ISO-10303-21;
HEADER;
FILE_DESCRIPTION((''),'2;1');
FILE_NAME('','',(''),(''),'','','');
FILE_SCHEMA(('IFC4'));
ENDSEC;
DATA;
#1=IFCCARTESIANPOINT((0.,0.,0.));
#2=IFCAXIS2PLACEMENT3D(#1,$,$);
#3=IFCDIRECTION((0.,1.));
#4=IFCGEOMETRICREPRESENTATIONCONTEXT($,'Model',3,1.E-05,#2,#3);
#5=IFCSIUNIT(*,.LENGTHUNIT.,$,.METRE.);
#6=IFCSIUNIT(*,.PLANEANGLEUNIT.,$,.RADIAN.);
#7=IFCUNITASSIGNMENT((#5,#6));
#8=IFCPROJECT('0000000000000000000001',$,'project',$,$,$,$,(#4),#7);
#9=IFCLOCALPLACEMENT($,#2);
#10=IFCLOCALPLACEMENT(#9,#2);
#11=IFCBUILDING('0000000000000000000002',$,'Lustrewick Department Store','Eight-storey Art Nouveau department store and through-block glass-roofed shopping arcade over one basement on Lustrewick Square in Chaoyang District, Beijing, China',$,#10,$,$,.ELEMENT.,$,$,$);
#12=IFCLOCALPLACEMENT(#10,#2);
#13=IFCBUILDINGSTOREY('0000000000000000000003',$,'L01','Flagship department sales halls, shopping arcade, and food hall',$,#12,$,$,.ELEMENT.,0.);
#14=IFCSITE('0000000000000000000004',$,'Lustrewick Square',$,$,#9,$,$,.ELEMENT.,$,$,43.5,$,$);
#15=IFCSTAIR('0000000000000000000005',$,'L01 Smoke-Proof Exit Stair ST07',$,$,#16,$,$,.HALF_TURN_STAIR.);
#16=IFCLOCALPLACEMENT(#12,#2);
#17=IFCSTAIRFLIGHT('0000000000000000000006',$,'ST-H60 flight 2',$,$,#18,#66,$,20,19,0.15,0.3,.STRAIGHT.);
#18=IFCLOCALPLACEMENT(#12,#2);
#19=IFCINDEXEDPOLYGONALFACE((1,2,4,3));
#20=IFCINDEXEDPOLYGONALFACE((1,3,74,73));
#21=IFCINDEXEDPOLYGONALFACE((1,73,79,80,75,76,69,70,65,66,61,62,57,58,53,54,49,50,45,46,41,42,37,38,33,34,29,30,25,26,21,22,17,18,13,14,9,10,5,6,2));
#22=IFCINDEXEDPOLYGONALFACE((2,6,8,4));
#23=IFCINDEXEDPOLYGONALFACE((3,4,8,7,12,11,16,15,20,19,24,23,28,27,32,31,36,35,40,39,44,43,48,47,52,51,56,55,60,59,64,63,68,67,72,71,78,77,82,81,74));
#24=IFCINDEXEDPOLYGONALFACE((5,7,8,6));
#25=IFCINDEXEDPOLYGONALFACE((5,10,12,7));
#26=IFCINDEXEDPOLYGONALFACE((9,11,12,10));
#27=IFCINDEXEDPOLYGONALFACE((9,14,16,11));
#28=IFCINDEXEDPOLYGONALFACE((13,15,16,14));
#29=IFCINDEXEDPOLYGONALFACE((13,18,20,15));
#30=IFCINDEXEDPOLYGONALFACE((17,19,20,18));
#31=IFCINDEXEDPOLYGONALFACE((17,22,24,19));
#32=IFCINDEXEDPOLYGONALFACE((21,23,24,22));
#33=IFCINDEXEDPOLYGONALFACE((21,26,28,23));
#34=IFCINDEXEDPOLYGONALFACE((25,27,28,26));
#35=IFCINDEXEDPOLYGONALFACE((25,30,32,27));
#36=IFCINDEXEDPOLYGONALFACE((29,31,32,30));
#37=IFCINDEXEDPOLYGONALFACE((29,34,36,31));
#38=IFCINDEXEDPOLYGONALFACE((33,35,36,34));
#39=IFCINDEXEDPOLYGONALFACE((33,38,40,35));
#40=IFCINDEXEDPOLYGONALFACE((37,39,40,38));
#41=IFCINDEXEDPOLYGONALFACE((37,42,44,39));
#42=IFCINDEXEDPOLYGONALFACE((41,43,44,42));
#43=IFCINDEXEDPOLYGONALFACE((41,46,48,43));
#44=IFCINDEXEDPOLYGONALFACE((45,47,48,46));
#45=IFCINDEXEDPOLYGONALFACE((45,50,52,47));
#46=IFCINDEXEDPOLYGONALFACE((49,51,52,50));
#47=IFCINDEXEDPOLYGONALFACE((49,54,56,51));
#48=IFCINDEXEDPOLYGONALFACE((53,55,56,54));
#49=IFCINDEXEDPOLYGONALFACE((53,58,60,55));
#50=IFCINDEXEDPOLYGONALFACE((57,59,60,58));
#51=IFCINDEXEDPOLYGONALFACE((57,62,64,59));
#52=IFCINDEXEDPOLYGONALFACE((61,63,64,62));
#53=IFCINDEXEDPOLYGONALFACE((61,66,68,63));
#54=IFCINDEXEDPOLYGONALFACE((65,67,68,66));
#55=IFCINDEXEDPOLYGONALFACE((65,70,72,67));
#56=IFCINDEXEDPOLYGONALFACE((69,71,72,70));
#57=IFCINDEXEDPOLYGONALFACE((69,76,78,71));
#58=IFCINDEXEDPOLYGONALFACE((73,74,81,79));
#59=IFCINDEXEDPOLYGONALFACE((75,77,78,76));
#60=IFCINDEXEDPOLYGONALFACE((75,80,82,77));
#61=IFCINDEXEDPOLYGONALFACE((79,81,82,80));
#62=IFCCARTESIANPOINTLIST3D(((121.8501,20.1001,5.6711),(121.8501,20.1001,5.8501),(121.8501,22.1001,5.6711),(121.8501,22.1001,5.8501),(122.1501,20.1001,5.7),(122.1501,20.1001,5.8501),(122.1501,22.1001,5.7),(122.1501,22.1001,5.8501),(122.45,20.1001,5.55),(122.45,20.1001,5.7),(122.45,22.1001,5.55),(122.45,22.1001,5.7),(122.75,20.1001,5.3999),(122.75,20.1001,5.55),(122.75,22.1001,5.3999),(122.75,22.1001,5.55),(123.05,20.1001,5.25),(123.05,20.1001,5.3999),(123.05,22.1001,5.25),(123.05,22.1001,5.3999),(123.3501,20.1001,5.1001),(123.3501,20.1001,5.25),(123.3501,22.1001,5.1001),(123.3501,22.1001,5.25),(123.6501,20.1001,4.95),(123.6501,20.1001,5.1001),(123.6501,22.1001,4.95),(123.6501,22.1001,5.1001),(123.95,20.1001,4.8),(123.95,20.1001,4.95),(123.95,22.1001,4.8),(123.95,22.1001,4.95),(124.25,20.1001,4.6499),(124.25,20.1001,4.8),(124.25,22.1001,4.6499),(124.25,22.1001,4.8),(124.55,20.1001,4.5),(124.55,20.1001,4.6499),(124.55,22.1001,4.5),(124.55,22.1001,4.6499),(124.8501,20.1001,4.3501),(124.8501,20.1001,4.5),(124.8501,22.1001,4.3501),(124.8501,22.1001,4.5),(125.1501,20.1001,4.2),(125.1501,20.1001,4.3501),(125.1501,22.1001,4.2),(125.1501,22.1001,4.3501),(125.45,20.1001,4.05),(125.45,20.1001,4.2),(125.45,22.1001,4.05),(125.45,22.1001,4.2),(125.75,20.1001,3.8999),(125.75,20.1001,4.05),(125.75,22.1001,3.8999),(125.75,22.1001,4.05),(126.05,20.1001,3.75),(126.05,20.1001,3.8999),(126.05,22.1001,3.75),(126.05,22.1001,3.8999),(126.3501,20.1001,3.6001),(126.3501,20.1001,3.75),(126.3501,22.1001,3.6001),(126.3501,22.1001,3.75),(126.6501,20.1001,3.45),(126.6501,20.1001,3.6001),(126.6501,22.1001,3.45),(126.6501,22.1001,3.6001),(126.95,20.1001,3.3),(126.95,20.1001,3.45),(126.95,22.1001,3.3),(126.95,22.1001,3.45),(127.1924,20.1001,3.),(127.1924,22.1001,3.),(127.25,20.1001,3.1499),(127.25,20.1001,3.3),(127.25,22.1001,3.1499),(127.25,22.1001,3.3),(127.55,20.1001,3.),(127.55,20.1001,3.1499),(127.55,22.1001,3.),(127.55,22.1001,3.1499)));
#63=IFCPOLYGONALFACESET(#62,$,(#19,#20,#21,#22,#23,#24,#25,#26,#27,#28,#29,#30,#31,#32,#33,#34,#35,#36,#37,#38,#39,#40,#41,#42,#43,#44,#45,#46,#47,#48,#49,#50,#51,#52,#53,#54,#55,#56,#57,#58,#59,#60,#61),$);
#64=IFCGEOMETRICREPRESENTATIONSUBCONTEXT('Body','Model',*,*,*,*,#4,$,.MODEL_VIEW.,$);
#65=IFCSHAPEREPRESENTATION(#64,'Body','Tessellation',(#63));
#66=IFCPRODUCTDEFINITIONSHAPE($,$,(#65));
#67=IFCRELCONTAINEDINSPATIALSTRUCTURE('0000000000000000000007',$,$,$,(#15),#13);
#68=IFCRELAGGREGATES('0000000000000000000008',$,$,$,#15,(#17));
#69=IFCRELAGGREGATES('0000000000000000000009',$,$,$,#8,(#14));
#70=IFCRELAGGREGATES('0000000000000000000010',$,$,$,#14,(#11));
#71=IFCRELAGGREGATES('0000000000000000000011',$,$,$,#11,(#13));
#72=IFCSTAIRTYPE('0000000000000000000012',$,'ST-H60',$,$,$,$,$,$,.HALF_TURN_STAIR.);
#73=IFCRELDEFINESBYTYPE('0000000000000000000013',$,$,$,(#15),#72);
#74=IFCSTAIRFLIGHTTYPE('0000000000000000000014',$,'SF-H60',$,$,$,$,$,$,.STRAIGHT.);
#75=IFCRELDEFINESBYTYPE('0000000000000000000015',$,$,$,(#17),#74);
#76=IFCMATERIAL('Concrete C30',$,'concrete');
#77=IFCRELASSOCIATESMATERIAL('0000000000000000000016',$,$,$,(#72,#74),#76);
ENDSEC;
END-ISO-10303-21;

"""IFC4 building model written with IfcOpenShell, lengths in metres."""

from ifc_helpers import new_model, si_unit, direction, frame, origin, place, context, subcontext, project, spatial, polyline, outline, extrude, material, type_object, element, aggregate, save


model = new_model("IFC4")

# Units and contexts
model_context = context("Model", 3, precision=1e-05, world=origin(), true_north=direction((0.0, 1.0)))
body_context = subcontext(model_context, "Body", "Model", "MODEL_VIEW")
ifc_project = project(units=[si_unit("LENGTHUNIT", "METRE"), si_unit("PLANEANGLEUNIT", "RADIAN")], contexts=[model_context])

# Site, building, storey
site_placement = place(None, origin())
site = spatial("IfcSite", under=ifc_project, at=site_placement, Name="Lustrewick Square", CompositionType="ELEMENT", RefElevation=43.5)
building_placement = place(site_placement, origin())
building = spatial("IfcBuilding", under=site, at=building_placement, Name="Lustrewick Department Store", Description="Eight-storey Art Nouveau department store and through-block glass-roofed shopping arcade over one basement on Lustrewick Square in Chaoyang District, Beijing, China", CompositionType="ELEMENT")
storey_placement = place(building_placement, origin())
storey = spatial("IfcBuildingStorey", under=building, at=storey_placement, Name="L01", Description="Flagship department sales halls, shopping arcade, and food hall", CompositionType="ELEMENT", Elevation=0.0)

# Stair, stair flight
ifc_material_1 = material(Name="Concrete C30", Category="concrete")
stair_type = type_object("IfcStairType", Name="ST-H60", PredefinedType="HALF_TURN_STAIR", material=ifc_material_1)
stair_placement = place(storey_placement, origin())
stair = element("IfcStair", 1, at=stair_placement, inside=storey, type_object=stair_type, Name="L01 Smoke-Proof Exit Stair ST07", PredefinedType="HALF_TURN_STAIR")
stair_flight_type = type_object("IfcStairFlightType", Name="SF-H60", PredefinedType="STRAIGHT", material=ifc_material_1)
stair_flight_1_placement = place(storey_placement, frame((127.55, 21.1001, 3.0), z_axis=(0.0, 0.0, 1.0), x_axis=(-1.0, 0.0, 0.0)))
stair_flight_1 = element("IfcStairFlight", 2, at=stair_flight_1_placement, type_object=stair_flight_type, Name="ST-H60 flight 2", NumberOfRisers=20, NumberOfTreads=19, PredefinedType="STRAIGHT", RiserHeight=0.15, TreadLength=0.3, context=body_context, shape_type="SweptSolid", body=[
    extrude(outline(polyline([(0.0, 0.0), (0.0, 0.1499), (0.3, 0.1499), (0.3, 0.3), (0.6001, 0.3), (0.6001, 0.45), (0.8999, 0.45), (0.8999, 0.6001), (1.2, 0.6001), (1.2, 0.75), (1.5, 0.75), (1.5, 0.8999), (1.8, 0.8999), (1.8, 1.05), (2.1001, 1.05), (2.1001, 1.2), (2.3999, 1.2), (2.3999, 1.3501), (2.7, 1.3501), (2.7, 1.5), (3.0, 1.5), (3.0, 1.6499), (3.3, 1.6499), (3.3, 1.8), (3.6001, 1.8), (3.6001, 1.95), (3.8999, 1.95), (3.8999, 2.1001), (4.2, 2.1001), (4.2, 2.25), (4.5, 2.25), (4.5, 2.3999), (4.8, 2.3999), (4.8, 2.55), (5.1001, 2.55), (5.1001, 2.7), (5.3999, 2.7), (5.3999, 2.8501), (5.7, 2.8501), (5.7, 3.0), (5.7, 2.6711), (0.3577, 0.0), (0.0, 0.0)])), frame((0.0, 1.0, 0.0), z_axis=(0.0, -1.0, 0.0), x_axis=(1.0, 0.0, 0.0)), (0.0, 0.0, 1.0), 2.0),
])
aggregate(stair, [stair_flight_1])

save(model, "model.ifc")
